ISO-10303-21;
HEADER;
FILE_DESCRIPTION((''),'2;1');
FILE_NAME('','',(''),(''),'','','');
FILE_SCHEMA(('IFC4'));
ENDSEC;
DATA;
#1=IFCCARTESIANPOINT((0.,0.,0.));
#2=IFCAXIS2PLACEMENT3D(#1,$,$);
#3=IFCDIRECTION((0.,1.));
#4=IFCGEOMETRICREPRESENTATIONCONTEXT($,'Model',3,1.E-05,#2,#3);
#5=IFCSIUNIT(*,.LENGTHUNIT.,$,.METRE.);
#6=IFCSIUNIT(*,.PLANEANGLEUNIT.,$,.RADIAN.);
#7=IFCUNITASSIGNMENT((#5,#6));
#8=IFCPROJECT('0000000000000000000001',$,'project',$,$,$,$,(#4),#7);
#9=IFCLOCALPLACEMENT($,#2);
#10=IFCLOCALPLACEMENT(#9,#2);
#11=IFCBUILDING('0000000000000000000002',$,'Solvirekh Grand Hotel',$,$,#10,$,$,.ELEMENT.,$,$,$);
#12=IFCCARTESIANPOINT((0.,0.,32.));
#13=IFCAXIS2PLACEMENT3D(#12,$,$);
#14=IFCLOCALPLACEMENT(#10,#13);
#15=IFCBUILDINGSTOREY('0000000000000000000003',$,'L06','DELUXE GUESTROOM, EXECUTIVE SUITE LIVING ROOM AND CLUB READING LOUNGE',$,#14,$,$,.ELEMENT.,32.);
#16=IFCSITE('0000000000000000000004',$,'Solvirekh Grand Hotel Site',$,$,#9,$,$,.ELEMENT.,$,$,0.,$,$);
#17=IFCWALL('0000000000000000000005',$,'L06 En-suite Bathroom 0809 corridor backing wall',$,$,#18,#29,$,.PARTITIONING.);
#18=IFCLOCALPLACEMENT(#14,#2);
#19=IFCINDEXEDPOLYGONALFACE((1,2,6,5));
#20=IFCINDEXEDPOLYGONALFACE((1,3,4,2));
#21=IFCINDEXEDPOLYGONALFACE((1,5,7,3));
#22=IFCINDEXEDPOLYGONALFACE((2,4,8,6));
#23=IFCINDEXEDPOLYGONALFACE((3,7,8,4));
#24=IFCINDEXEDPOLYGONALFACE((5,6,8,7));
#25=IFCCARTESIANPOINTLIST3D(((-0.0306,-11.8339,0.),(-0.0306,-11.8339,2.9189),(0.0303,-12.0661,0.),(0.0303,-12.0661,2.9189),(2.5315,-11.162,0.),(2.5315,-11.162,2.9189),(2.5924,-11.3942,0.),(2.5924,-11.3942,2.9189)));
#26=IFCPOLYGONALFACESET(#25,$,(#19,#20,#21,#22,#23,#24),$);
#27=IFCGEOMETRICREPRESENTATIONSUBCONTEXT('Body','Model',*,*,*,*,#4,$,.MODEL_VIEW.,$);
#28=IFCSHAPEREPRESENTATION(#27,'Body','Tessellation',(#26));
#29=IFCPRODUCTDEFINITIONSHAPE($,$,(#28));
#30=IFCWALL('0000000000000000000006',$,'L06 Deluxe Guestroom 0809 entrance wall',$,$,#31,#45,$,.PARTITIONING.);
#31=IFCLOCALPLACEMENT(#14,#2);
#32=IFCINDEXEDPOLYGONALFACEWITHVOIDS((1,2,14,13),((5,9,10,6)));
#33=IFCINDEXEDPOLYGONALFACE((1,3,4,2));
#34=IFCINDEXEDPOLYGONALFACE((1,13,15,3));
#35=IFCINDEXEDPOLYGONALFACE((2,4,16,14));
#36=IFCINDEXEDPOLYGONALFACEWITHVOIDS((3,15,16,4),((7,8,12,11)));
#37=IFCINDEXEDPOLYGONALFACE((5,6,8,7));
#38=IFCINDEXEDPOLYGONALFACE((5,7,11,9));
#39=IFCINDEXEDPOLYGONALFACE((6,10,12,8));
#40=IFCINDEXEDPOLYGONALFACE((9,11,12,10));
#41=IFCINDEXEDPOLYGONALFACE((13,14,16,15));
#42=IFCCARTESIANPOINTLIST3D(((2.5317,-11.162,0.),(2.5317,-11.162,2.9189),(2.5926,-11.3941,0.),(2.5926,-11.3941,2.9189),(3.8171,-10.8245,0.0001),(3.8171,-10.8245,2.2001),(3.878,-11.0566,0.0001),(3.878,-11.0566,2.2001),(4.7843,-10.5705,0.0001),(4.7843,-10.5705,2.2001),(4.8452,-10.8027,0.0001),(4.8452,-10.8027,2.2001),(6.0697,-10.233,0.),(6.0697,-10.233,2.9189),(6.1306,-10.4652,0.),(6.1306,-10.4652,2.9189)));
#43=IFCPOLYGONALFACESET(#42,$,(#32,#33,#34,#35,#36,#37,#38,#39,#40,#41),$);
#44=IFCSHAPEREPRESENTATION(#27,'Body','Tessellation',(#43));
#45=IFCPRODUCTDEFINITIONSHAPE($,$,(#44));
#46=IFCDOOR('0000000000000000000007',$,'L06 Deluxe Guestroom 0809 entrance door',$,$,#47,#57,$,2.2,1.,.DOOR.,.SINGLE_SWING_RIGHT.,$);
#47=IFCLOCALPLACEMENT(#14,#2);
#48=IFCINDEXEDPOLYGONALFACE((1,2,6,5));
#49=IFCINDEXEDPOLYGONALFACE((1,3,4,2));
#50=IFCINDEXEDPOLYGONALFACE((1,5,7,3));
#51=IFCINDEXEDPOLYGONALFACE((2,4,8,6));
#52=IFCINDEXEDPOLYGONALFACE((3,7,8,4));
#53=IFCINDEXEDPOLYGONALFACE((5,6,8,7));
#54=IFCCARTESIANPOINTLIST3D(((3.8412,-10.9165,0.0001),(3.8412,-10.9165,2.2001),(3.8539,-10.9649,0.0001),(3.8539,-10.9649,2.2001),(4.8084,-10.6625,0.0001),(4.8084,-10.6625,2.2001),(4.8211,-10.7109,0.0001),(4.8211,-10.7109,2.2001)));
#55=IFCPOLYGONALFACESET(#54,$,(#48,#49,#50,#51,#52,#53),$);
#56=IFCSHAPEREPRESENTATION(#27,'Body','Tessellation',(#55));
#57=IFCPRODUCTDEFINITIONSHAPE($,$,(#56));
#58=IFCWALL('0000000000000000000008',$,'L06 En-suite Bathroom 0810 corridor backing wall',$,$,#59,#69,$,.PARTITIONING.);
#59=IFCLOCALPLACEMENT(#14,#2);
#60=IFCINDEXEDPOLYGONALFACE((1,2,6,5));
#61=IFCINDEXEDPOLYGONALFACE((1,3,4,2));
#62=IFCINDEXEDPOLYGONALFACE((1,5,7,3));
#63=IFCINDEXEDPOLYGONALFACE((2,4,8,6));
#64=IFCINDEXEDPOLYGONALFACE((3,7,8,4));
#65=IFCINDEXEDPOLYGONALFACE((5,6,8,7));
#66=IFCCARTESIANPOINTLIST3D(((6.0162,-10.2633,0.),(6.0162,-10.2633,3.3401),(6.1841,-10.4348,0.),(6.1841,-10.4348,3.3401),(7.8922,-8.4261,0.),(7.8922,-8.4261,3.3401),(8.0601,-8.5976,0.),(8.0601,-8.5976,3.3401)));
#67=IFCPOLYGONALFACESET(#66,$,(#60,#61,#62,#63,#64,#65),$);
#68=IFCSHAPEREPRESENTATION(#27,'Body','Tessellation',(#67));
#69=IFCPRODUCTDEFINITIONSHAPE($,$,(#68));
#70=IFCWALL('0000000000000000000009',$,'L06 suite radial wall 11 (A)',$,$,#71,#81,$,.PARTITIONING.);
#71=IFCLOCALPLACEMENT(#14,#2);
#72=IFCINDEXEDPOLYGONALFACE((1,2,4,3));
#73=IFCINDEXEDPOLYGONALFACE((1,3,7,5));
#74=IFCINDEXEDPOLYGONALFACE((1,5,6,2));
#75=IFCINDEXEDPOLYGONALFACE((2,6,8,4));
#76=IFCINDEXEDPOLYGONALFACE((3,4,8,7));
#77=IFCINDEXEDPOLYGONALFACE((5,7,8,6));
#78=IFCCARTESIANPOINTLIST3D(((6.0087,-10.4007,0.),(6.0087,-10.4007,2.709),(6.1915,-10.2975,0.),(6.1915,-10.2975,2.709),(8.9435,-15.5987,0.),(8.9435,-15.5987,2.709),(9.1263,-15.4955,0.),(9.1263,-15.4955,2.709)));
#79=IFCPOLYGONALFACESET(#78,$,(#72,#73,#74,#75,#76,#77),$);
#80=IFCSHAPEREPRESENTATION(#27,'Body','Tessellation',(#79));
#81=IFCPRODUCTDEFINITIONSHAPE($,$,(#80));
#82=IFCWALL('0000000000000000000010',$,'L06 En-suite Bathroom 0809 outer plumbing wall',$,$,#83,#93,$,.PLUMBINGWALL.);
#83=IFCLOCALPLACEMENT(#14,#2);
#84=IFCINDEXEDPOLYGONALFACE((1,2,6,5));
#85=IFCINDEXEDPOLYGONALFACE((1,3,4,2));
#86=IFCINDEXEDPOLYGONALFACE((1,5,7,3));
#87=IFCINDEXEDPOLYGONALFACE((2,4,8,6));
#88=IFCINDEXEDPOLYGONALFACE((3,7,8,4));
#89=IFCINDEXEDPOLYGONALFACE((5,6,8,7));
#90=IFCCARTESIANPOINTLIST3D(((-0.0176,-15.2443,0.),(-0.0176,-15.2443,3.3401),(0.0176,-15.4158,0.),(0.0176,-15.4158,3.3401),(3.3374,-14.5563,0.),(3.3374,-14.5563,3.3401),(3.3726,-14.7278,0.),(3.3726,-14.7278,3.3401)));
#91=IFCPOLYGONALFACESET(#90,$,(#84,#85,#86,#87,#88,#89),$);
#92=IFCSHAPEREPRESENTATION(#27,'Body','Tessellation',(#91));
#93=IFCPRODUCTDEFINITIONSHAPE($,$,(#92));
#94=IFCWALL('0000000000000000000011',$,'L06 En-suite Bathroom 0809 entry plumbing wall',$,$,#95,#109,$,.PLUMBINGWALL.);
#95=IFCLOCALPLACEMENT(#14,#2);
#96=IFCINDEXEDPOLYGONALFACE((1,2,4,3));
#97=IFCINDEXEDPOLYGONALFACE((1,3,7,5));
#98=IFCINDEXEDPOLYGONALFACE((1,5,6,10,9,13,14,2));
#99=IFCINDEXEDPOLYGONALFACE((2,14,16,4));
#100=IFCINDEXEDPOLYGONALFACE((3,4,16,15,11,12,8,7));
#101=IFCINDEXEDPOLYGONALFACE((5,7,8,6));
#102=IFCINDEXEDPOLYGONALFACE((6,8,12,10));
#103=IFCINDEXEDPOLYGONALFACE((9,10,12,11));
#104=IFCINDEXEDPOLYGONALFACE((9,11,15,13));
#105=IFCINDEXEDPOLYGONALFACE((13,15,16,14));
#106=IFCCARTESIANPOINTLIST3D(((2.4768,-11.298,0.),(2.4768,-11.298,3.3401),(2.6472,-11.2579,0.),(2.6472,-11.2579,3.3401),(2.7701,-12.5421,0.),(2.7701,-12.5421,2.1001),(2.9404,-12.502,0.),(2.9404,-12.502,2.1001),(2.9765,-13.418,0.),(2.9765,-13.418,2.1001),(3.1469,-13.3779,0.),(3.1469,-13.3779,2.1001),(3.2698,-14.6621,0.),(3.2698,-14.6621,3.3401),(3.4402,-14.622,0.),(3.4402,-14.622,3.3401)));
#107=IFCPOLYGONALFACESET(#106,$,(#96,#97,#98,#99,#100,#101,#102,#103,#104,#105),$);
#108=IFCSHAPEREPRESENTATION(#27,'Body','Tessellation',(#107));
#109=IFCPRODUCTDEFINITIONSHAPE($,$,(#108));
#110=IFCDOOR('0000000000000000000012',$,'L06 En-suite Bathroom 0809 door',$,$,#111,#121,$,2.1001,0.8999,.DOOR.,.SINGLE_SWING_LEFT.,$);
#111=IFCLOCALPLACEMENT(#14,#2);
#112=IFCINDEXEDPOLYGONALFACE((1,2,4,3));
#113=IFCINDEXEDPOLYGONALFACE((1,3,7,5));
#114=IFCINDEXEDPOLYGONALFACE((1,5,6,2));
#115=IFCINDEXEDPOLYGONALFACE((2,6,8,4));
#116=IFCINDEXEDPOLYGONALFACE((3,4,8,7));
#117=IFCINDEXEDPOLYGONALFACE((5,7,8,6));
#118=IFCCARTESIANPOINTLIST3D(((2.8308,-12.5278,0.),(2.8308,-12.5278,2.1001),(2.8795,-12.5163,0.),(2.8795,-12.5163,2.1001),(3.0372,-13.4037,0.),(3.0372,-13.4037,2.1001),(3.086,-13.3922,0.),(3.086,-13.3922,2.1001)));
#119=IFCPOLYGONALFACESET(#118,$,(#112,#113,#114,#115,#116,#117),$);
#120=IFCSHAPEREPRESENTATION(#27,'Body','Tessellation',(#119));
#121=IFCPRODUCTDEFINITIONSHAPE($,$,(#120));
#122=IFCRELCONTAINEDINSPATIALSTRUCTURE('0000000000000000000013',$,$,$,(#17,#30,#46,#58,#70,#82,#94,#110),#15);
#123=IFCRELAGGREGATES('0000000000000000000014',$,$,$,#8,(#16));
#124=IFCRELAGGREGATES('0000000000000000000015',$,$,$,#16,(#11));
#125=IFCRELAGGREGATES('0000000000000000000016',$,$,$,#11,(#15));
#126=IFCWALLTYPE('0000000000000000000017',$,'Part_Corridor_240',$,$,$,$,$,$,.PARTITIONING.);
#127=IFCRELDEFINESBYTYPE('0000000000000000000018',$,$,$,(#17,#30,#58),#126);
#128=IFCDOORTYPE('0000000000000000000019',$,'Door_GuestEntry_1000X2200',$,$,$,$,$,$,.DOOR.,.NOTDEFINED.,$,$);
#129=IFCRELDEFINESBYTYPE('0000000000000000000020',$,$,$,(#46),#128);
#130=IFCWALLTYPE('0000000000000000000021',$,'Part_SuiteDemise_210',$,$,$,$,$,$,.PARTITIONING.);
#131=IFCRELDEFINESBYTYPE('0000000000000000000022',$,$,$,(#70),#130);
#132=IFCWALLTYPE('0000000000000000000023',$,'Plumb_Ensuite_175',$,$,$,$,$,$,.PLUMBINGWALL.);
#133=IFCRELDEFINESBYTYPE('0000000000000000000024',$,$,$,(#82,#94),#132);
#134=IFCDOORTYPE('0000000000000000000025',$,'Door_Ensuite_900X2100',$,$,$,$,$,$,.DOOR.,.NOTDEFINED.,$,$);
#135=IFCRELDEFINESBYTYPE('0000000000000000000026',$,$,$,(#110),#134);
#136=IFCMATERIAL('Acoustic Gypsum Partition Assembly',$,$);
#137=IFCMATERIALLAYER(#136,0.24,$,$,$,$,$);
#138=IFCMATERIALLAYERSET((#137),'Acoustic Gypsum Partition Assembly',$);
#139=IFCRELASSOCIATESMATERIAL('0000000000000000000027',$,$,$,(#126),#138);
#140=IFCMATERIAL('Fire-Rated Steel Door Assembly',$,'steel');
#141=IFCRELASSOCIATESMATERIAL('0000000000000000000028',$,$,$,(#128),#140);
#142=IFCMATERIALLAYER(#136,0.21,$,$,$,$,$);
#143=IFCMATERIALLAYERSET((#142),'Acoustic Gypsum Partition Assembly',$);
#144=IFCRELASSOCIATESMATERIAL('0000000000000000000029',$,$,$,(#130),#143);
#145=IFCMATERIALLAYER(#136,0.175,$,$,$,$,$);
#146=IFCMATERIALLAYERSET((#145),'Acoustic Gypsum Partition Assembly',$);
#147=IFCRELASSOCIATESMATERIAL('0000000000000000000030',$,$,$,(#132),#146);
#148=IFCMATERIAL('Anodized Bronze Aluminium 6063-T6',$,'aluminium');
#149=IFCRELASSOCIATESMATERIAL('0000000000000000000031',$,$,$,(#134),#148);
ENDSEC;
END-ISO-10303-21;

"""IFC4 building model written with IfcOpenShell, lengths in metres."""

from ifc_helpers import new_model, si_unit, direction, frame, frame_2d, origin, place, context, subcontext, project, spatial, rectangle, extrude, material, layer, layer_set, type_object, element, fill, save


model = new_model("IFC4")

# Units and contexts
model_context = context("Model", 3, precision=1e-05, world=origin(), true_north=direction((0.0, 1.0)))
body_context = subcontext(model_context, "Body", "Model", "MODEL_VIEW")
ifc_project = project(units=[si_unit("LENGTHUNIT", "METRE"), si_unit("PLANEANGLEUNIT", "RADIAN")], contexts=[model_context])

# Site, building, storey
site_placement = place(None, origin())
site = spatial("IfcSite", under=ifc_project, at=site_placement, Name="Solvirekh Grand Hotel Site", CompositionType="ELEMENT", RefElevation=0.0)
building_placement = place(site_placement, origin())
building = spatial("IfcBuilding", under=site, at=building_placement, Name="Solvirekh Grand Hotel", CompositionType="ELEMENT")
storey_placement = place(building_placement, frame((0.0, 0.0, 32.0)))
storey = spatial("IfcBuildingStorey", under=building, at=storey_placement, Name="L06", Description="DELUXE GUESTROOM, EXECUTIVE SUITE LIVING ROOM AND CLUB READING LOUNGE", CompositionType="ELEMENT", Elevation=32.0)

# Shared definitions
ifc_material_1 = material(Name="Fire-Rated Steel Door Assembly", Category="steel")

# Wall
ifc_material_2 = material(Name="Acoustic Gypsum Partition Assembly")
ifc_layer_1 = layer(ifc_material_2, 0.24)
ifc_layer_set_1 = layer_set([ifc_layer_1], Name="Acoustic Gypsum Partition Assembly")
wall_type_1 = type_object("IfcWallType", Name="Part_Corridor_240", PredefinedType="PARTITIONING", material=ifc_layer_set_1)
wall_1_placement = place(storey_placement, frame((0.0, -11.95, 0.0), z_axis=(0.0, 0.0, 1.0), x_axis=(0.967291, 0.253667, 0.0)))
element("IfcWall", 1, at=wall_1_placement, inside=storey, type_object=wall_type_1, Name="L06 En-suite Bathroom 0809 corridor backing wall", PredefinedType="PARTITIONING", context=body_context, shape_type="SweptSolid", body=[
    extrude(rectangle(XDim=2.6487, YDim=0.24, at=frame_2d((1.3242, 0.0))), origin(), (0.0, 0.0, 1.0), 2.9189),
])

# Wall, opening, door
wall_2_placement = place(storey_placement, frame((2.562, -11.2781, 0.0), z_axis=(0.0, 0.0, 1.0), x_axis=(0.967217, 0.253951, 0.0)))
wall_2 = element("IfcWall", 2, at=wall_2_placement, inside=storey, type_object=wall_type_1, Name="L06 Deluxe Guestroom 0809 entrance wall", PredefinedType="PARTITIONING", context=body_context, shape_type="SweptSolid", body=[
    extrude(rectangle(XDim=3.658, YDim=0.24, at=frame_2d((1.8291, 0.0))), origin(), (0.0, 0.0, 1.0), 2.9189),
])
opening_1_placement = place(wall_2_placement, frame((1.3291, 0.0, 0.0)))
opening_1 = element("IfcOpeningElement", 3, at=opening_1_placement, cuts=wall_2, PredefinedType="OPENING", context=body_context, shape_type="SweptSolid", body=[
    extrude(rectangle(XDim=1.0, YDim=2.2, at=frame_2d((0.5, 1.1001))), frame((0.0, 0.1299, 0.0), z_axis=(0.0, -1.0, 0.0), x_axis=(1.0, 0.0, 0.0)), (0.0, 0.0, 1.0), 0.26),
])
door_type_1 = type_object("IfcDoorType", Name="Door_GuestEntry_1000X2200", OperationType="NOTDEFINED", PredefinedType="DOOR", material=ifc_material_1)
door_1_placement = place(opening_1_placement, origin())
door_1 = element("IfcDoor", 4, at=door_1_placement, inside=storey, type_object=door_type_1, Name="L06 Deluxe Guestroom 0809 entrance door", OperationType="SINGLE_SWING_RIGHT", OverallHeight=2.2, OverallWidth=1.0, PredefinedType="DOOR", context=body_context, shape_type="SweptSolid", body=[
    extrude(rectangle(XDim=1.0, YDim=2.2, at=frame_2d((0.5, 1.1001))), frame((0.0, 0.0249, 0.0), z_axis=(0.0, -1.0, 0.0), x_axis=(1.0, 0.0, 0.0)), (0.0, 0.0, 1.0), 0.05),
])
fill(opening_1, door_1)

# Walls
wall_3_placement = place(storey_placement, frame((6.1001, -10.3491, 0.0), z_axis=(0.0, 0.0, 1.0), x_axis=(0.71446, 0.699676, 0.0)))
element("IfcWall", 5, at=wall_3_placement, inside=storey, type_object=wall_type_1, Name="L06 En-suite Bathroom 0810 corridor backing wall", PredefinedType="PARTITIONING", context=body_context, shape_type="SweptSolid", body=[
    extrude(rectangle(XDim=2.6257, YDim=0.24, at=frame_2d((1.313, 0.0))), origin(), (0.0, 0.0, 1.0), 3.3401),
])
ifc_layer_2 = layer(ifc_material_2, 0.21)
ifc_layer_set_2 = layer_set([ifc_layer_2], Name="Acoustic Gypsum Partition Assembly")
wall_type_2 = type_object("IfcWallType", Name="Part_SuiteDemise_210", PredefinedType="PARTITIONING", material=ifc_layer_set_2)
wall_4_placement = place(storey_placement, frame((6.1001, -10.3491, 0.0), z_axis=(0.0, 0.0, 1.0), x_axis=(0.491653, -0.870791, 0.0)))
element("IfcWall", 6, at=wall_4_placement, inside=storey, type_object=wall_type_2, Name="L06 suite radial wall 11 (A)", PredefinedType="PARTITIONING", context=body_context, shape_type="SweptSolid", body=[
    extrude(rectangle(XDim=5.9692, YDim=0.21, at=frame_2d((2.9846, 0.0))), origin(), (0.0, 0.0, 1.0), 2.709),
])
ifc_layer_3 = layer(ifc_material_2, 0.175)
ifc_layer_set_3 = layer_set([ifc_layer_3], Name="Acoustic Gypsum Partition Assembly")
wall_type_3 = type_object("IfcWallType", Name="Plumb_Ensuite_175", PredefinedType="PLUMBINGWALL", material=ifc_layer_set_3)
wall_5_placement = place(storey_placement, frame((0.0, -15.3301, 0.0), z_axis=(0.0, 0.0, 1.0), x_axis=(0.979615, 0.200885, 0.0)))
element("IfcWall", 7, at=wall_5_placement, inside=storey, type_object=wall_type_3, Name="L06 En-suite Bathroom 0809 outer plumbing wall", PredefinedType="PLUMBINGWALL", context=body_context, shape_type="SweptSolid", body=[
    extrude(rectangle(XDim=3.4248, YDim=0.175, at=frame_2d((1.7124, 0.0))), origin(), (0.0, 0.0, 1.0), 3.3401),
])

# Wall, opening, door
wall_6_placement = place(storey_placement, frame((2.562, -11.2781, 0.0), z_axis=(0.0, 0.0, 1.0), x_axis=(0.229433, -0.973324, 0.0)))
wall_6 = element("IfcWall", 8, at=wall_6_placement, inside=storey, type_object=wall_type_3, Name="L06 En-suite Bathroom 0809 entry plumbing wall", PredefinedType="PLUMBINGWALL", context=body_context, shape_type="SweptSolid", body=[
    extrude(rectangle(XDim=3.4563, YDim=0.175, at=frame_2d((1.728, 0.0))), origin(), (0.0, 0.0, 1.0), 3.3401),
])
opening_2_placement = place(wall_6_placement, frame((1.2781, 0.0, 0.0)))
opening_2 = element("IfcOpeningElement", 9, at=opening_2_placement, cuts=wall_6, PredefinedType="OPENING", context=body_context, shape_type="SweptSolid", body=[
    extrude(rectangle(XDim=0.8999, YDim=2.1001, at=frame_2d((0.45, 1.05))), frame((0.0, 0.0977, 0.0), z_axis=(0.0, -1.0, 0.0), x_axis=(1.0, 0.0, 0.0)), (0.0, 0.0, 1.0), 0.1951),
])
ifc_material_3 = material(Name="Anodized Bronze Aluminium 6063-T6", Category="aluminium")
door_type_2 = type_object("IfcDoorType", Name="Door_Ensuite_900X2100", OperationType="NOTDEFINED", PredefinedType="DOOR", material=ifc_material_3)
door_2_placement = place(opening_2_placement, origin())
door_2 = element("IfcDoor", 10, at=door_2_placement, inside=storey, type_object=door_type_2, Name="L06 En-suite Bathroom 0809 door", OperationType="SINGLE_SWING_LEFT", OverallHeight=2.1001, OverallWidth=0.8999, PredefinedType="DOOR", context=body_context, shape_type="SweptSolid", body=[
    extrude(rectangle(XDim=0.8999, YDim=2.1001, at=frame_2d((0.45, 1.05))), frame((0.0, 0.0249, 0.0), z_axis=(0.0, -1.0, 0.0), x_axis=(1.0, 0.0, 0.0)), (0.0, 0.0, 1.0), 0.05),
])
fill(opening_2, door_2)

save(model, "model.ifc")
